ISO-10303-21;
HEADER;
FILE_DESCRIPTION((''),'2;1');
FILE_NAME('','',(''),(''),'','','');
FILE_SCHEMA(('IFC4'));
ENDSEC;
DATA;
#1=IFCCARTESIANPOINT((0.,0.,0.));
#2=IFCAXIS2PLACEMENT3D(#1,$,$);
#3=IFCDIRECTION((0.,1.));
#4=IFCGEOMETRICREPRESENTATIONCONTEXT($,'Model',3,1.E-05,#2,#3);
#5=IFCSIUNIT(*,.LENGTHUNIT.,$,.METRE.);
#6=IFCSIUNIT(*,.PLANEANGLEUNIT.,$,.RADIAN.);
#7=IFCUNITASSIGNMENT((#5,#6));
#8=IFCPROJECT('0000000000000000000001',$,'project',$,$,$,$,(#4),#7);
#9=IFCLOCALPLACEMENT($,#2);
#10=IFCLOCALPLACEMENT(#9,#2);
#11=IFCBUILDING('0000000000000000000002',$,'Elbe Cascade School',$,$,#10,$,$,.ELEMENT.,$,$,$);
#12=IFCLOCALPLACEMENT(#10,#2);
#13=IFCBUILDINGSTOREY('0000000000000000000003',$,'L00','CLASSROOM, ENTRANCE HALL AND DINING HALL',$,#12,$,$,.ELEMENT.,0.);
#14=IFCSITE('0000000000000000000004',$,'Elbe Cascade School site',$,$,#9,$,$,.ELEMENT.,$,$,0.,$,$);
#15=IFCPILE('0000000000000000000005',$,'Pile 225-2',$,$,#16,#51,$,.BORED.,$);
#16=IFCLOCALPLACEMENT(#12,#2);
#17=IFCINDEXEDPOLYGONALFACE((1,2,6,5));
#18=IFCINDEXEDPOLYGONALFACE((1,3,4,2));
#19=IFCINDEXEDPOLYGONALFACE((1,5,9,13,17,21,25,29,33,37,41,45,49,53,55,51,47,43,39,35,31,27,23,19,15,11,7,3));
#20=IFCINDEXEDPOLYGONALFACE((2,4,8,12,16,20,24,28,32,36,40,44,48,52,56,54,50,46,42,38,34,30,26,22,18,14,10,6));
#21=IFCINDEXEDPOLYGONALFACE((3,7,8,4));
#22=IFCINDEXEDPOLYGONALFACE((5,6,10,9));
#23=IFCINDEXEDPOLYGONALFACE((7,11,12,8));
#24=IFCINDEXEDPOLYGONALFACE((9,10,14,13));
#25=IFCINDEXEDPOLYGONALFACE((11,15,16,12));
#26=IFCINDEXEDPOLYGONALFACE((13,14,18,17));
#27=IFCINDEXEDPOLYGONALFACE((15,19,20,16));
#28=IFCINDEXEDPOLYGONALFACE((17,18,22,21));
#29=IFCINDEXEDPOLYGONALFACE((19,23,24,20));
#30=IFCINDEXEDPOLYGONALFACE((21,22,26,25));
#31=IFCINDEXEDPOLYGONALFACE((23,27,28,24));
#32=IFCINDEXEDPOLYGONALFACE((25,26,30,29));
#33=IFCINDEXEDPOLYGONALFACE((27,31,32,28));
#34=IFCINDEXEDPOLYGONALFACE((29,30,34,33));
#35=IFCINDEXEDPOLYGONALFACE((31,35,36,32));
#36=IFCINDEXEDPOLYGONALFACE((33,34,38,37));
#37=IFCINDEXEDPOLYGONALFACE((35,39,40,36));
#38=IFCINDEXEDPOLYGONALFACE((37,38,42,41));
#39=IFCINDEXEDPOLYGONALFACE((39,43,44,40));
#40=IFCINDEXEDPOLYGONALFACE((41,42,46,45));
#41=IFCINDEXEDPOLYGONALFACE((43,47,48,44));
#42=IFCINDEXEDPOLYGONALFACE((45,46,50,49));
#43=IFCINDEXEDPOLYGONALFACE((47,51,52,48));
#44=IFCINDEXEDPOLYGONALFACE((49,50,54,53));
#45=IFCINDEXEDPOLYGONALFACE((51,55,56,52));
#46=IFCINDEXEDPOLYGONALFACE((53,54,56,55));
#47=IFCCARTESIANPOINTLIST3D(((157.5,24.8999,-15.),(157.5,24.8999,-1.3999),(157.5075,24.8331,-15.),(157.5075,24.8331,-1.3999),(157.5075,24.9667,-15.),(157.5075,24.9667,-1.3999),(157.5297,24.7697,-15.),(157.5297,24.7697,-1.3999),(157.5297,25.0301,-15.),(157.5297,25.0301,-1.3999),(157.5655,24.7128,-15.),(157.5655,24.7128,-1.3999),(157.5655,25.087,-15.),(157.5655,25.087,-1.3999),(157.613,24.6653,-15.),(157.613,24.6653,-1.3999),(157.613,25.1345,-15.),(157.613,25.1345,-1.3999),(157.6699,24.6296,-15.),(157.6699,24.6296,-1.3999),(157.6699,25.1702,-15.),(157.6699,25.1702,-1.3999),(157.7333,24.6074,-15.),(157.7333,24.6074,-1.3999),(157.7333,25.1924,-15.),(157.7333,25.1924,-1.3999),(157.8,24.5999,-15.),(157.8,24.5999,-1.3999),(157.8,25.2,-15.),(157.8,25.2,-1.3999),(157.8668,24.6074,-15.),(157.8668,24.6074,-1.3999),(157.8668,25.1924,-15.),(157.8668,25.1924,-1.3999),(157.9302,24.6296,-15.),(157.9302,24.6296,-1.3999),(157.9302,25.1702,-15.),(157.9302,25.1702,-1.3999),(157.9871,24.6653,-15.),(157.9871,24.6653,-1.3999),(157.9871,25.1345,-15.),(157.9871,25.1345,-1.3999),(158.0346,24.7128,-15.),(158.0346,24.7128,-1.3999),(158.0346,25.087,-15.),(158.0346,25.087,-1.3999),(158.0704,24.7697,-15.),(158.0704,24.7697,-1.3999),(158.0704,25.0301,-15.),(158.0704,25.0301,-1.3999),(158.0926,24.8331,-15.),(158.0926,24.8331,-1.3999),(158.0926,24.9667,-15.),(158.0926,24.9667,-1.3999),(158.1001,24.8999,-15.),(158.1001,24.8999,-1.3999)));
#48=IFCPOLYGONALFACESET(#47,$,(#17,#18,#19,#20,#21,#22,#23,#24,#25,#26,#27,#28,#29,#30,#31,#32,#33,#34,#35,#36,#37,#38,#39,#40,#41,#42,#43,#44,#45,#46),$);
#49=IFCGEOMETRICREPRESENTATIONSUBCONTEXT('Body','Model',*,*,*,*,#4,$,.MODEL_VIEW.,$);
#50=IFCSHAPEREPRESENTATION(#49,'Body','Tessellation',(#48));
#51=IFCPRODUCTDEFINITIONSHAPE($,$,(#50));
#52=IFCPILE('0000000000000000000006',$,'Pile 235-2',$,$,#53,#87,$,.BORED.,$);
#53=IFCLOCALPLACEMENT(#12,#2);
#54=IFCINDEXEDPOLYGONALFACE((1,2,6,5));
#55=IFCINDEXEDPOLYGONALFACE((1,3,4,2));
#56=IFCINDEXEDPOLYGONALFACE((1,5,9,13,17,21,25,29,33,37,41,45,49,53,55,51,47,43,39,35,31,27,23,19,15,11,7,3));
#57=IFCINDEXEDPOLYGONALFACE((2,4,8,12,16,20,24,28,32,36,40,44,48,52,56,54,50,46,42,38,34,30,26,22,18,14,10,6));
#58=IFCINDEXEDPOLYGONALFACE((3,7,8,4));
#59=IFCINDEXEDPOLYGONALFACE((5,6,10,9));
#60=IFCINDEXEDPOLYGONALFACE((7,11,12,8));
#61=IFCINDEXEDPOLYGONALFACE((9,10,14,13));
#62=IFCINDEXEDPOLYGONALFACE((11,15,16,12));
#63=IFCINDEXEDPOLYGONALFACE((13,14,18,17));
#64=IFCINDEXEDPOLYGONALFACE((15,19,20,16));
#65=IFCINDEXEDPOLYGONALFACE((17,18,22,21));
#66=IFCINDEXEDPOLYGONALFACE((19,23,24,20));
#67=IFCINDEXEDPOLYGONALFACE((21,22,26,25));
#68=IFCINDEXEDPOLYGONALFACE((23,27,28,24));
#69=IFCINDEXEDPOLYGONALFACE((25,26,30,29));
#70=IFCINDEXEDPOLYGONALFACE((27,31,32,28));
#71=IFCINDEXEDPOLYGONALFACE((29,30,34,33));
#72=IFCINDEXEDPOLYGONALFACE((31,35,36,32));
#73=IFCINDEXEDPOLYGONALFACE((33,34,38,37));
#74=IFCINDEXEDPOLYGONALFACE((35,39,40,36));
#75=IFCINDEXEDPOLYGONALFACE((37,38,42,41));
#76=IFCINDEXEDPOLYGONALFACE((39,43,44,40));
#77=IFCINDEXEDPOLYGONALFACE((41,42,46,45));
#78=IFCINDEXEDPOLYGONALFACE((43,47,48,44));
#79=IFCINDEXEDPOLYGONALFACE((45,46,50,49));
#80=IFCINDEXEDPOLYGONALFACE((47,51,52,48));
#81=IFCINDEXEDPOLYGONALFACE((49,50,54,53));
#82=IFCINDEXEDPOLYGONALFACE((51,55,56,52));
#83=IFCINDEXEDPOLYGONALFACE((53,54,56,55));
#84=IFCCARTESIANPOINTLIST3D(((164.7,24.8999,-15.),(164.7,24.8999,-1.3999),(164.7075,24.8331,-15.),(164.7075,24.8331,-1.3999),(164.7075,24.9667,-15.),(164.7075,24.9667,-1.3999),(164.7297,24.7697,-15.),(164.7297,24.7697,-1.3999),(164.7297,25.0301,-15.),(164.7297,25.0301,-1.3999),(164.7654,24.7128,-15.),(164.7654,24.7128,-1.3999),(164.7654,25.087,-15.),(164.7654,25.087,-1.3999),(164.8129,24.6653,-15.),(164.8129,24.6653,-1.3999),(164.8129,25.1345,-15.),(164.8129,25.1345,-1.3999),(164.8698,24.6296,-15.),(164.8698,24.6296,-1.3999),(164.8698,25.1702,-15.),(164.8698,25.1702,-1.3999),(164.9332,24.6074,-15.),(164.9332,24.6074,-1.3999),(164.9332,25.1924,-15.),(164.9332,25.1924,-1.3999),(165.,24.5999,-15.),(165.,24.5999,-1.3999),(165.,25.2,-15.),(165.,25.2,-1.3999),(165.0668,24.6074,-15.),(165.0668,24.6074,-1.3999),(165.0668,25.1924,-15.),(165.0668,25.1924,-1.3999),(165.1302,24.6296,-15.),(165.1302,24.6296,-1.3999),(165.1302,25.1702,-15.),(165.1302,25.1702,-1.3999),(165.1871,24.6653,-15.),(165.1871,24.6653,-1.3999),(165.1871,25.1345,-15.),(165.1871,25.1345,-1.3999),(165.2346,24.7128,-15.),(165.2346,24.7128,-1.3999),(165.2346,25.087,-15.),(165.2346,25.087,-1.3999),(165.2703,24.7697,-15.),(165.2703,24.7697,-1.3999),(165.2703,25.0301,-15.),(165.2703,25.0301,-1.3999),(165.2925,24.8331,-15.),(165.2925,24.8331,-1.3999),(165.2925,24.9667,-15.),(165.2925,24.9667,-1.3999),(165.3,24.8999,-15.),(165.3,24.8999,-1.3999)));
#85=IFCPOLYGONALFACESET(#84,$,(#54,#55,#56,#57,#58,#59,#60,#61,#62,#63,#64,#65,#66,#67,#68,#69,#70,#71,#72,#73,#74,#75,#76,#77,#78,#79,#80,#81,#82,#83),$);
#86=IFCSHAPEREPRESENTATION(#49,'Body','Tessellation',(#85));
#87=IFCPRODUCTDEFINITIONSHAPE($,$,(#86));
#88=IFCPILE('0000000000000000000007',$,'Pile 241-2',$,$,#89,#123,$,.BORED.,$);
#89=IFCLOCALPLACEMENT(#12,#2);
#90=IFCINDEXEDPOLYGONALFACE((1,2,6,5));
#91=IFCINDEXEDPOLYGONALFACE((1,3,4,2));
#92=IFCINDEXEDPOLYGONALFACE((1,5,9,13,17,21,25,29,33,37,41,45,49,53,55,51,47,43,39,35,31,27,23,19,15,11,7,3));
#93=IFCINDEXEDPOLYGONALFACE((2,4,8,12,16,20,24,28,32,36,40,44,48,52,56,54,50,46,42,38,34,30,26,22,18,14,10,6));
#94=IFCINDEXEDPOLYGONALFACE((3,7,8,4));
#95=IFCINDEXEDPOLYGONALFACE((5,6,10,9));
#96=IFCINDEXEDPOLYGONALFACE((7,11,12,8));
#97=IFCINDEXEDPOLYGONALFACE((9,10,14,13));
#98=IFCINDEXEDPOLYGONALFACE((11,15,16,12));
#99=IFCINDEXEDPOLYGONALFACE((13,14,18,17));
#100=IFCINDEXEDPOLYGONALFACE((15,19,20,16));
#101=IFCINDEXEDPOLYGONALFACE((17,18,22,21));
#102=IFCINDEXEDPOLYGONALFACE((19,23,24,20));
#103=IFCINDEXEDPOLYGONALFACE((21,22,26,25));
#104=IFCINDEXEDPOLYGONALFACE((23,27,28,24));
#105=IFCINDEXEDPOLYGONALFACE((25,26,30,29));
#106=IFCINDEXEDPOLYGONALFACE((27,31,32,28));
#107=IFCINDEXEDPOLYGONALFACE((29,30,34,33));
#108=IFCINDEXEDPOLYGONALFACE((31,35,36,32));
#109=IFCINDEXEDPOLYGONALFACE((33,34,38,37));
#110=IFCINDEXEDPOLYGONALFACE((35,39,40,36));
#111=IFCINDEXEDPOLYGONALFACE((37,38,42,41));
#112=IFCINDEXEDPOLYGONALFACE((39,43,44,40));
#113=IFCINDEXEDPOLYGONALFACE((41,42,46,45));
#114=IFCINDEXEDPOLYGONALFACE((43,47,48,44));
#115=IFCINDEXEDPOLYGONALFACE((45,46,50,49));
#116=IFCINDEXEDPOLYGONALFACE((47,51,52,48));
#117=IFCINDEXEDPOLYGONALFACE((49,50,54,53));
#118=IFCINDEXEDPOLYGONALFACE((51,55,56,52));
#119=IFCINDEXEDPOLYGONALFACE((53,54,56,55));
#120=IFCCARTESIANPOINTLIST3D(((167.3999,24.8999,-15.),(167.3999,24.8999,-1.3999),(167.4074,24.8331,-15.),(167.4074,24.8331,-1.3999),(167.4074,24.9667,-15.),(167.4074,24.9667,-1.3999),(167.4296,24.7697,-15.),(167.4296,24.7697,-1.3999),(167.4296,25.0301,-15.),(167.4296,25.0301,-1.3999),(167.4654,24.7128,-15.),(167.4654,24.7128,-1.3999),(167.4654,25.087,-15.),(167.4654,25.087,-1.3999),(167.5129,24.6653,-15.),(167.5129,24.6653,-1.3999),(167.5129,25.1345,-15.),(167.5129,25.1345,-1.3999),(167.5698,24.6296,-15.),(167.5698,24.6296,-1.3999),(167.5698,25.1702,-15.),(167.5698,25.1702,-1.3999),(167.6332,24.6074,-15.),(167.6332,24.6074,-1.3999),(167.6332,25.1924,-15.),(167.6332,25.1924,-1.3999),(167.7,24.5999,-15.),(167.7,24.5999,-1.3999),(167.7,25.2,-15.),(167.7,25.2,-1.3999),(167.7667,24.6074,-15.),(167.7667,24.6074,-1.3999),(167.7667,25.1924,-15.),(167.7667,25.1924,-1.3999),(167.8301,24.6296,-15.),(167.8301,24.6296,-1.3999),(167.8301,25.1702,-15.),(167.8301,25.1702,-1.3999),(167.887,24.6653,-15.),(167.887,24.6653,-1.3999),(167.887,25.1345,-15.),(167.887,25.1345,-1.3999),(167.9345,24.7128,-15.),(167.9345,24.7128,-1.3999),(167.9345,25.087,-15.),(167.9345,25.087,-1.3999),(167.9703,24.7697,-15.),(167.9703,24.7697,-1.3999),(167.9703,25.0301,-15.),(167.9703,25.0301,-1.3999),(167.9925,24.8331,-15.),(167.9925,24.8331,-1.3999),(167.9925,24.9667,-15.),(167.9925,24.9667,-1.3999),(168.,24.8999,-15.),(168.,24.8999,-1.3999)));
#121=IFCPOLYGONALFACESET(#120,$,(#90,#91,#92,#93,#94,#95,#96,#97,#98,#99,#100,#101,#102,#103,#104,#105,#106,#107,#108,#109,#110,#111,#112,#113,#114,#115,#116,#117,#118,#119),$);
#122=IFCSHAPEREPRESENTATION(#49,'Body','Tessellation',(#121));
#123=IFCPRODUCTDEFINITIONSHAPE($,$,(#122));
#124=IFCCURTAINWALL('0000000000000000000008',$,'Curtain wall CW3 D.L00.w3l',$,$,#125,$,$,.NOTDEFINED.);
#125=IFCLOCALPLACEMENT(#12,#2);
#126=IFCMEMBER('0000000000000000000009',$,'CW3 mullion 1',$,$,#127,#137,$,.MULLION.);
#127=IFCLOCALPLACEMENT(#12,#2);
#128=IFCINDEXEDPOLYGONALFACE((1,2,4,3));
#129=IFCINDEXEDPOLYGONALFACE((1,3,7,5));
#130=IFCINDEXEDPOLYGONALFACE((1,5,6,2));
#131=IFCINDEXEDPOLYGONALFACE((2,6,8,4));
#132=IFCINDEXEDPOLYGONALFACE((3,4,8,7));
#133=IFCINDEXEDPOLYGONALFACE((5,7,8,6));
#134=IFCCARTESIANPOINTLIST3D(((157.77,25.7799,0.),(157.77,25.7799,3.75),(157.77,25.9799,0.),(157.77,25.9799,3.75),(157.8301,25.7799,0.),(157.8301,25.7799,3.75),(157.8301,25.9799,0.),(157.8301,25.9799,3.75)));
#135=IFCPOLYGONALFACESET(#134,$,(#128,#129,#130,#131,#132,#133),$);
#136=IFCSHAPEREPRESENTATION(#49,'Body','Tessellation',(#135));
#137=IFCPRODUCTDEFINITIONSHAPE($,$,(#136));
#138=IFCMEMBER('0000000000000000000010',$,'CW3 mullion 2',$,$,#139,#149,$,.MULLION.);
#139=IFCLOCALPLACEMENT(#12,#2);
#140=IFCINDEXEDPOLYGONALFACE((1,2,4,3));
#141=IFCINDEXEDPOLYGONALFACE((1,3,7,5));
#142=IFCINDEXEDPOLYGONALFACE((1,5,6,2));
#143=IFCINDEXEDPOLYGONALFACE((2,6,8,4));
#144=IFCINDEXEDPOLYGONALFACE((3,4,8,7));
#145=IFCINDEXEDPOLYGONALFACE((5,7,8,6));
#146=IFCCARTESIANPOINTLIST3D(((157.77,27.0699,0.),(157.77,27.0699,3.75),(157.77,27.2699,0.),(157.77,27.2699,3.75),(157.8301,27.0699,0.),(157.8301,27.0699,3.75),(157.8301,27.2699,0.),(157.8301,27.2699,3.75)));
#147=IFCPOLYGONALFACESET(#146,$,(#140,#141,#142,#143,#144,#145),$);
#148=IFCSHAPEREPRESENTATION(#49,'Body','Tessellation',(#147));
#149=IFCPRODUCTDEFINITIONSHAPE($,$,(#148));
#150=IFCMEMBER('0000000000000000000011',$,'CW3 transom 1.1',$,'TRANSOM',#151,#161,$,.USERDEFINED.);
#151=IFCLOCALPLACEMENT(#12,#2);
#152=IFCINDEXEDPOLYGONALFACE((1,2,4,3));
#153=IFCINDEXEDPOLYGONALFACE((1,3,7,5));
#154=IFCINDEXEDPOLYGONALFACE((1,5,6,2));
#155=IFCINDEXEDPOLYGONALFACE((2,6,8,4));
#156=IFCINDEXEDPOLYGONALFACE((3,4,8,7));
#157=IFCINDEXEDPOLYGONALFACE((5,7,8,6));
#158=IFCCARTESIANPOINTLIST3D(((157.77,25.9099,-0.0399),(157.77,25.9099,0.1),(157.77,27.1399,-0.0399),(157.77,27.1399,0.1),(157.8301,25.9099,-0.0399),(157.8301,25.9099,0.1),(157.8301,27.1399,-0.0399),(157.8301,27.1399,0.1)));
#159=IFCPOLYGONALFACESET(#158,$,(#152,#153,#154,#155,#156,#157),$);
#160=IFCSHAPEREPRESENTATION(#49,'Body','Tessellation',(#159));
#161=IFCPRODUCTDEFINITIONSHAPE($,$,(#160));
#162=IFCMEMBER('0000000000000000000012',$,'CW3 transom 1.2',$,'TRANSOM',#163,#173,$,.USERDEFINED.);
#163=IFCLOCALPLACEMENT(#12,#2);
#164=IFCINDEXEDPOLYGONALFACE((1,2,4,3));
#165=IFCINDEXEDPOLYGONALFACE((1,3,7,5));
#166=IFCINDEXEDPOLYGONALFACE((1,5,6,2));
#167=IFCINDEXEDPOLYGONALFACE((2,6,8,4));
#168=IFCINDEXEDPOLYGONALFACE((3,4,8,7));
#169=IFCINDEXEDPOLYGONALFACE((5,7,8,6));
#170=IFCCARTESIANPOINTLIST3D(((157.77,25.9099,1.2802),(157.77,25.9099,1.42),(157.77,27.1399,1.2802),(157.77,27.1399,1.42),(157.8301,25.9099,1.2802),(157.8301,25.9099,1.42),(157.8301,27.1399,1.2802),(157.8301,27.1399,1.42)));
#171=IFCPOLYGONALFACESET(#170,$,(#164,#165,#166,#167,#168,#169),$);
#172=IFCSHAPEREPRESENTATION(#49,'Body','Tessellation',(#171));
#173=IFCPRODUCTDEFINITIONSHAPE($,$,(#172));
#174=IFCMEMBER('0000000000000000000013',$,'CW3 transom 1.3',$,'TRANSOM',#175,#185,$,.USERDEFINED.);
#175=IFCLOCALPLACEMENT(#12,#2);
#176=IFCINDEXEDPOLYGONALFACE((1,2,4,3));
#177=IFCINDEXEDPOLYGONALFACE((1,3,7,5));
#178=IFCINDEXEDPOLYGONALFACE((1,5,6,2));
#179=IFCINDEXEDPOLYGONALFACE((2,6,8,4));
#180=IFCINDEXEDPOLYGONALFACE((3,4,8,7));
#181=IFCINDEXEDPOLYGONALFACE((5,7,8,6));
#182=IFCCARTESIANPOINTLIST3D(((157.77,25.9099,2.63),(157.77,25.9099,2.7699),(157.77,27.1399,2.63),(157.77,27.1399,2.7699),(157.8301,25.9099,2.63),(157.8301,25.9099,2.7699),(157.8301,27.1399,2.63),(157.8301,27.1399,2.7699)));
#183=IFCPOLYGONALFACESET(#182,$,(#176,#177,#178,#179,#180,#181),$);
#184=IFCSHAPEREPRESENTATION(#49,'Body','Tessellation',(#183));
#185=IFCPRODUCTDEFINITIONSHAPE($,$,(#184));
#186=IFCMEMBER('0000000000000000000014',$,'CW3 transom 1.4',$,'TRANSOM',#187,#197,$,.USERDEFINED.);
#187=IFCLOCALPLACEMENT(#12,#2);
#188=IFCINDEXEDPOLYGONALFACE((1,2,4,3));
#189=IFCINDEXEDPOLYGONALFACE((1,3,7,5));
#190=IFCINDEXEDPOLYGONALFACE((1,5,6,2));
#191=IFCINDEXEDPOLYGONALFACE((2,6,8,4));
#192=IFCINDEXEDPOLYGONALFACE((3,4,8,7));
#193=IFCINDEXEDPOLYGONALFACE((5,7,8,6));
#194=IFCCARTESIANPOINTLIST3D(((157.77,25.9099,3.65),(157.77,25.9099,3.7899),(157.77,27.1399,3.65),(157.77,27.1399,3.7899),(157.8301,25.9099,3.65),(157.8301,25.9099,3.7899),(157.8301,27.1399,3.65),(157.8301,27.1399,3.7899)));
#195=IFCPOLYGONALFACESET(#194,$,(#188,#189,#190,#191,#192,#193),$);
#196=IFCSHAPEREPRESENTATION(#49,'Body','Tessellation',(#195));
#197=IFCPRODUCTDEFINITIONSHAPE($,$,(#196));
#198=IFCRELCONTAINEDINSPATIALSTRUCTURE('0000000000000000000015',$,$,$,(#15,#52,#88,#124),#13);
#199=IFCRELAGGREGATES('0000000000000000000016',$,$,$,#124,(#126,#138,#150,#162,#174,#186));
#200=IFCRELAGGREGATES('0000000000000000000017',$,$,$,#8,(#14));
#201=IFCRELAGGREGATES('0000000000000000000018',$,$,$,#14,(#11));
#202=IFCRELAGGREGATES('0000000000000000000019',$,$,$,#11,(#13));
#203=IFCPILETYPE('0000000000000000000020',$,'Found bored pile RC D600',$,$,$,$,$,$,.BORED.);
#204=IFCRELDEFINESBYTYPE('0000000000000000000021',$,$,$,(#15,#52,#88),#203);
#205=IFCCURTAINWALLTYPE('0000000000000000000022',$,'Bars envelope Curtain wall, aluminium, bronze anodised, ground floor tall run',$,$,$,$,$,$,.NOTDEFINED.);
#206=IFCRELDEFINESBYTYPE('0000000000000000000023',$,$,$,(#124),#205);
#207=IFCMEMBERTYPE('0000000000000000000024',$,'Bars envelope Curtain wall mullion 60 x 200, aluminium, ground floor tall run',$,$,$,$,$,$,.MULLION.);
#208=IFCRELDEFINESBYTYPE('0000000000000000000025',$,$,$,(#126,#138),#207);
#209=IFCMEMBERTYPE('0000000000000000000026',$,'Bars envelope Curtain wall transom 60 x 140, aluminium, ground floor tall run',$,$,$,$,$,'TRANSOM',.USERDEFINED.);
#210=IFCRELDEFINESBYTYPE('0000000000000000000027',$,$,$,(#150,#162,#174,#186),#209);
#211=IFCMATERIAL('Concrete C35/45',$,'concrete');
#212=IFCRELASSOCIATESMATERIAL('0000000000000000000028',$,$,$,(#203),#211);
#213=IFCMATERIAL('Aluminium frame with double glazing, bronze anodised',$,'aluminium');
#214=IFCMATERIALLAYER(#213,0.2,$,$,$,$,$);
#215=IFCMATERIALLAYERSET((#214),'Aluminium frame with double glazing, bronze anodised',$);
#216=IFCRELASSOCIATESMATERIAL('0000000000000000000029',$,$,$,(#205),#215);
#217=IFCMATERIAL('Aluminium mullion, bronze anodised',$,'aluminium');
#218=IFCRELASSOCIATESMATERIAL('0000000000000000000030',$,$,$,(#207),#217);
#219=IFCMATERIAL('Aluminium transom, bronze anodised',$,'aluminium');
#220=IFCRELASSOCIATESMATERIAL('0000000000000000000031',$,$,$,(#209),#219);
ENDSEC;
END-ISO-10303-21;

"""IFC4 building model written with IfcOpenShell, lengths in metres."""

from ifc_helpers import new_model, si_unit, direction, frame, origin, origin_2d, place, context, subcontext, project, spatial, rectangle, circle, extrude, material, layer, layer_set, material_profile, profile_set, type_object, element, aggregate, save


model = new_model("IFC4")

# Units and contexts
model_context = context("Model", 3, precision=1e-05, world=origin(), true_north=direction((0.0, 1.0)))
body_context = subcontext(model_context, "Body", "Model", "MODEL_VIEW")
ifc_project = project(units=[si_unit("LENGTHUNIT", "METRE"), si_unit("PLANEANGLEUNIT", "RADIAN")], contexts=[model_context])

# Site, building, storey
site_placement = place(None, origin())
site = spatial("IfcSite", under=ifc_project, at=site_placement, Name="Elbe Cascade School site", CompositionType="ELEMENT", RefElevation=0.0)
building_placement = place(site_placement, origin())
building = spatial("IfcBuilding", under=site, at=building_placement, Name="Elbe Cascade School", CompositionType="ELEMENT")
storey_placement = place(building_placement, origin())
storey = spatial("IfcBuildingStorey", under=building, at=storey_placement, Name="L00", Description="CLASSROOM, ENTRANCE HALL AND DINING HALL", CompositionType="ELEMENT", Elevation=0.0)

# Piles
ifc_material_1 = material(Name="Concrete C35/45", Category="concrete")
ifc_material_profile_1 = material_profile(ifc_material_1, circle(Radius=0.3, at=origin_2d()), Name="RC D600")
ifc_profile_set_1 = profile_set([ifc_material_profile_1], Name="Concrete C35/45")
pile_type = type_object("IfcPileType", Name="Found bored pile RC D600", PredefinedType="BORED", material=ifc_profile_set_1)
for number, where, z_axis, x_axis, name in (
    (1, (157.8, 24.8999, -1.3999), (0.0, 0.0, -1.0), (1.0, 0.0, 0.0), "Pile 225-2"),
    (2, (165.0, 24.8999, -1.3999), (0.0, 0.0, -1.0), (1.0, 0.0, 0.0), "Pile 235-2"),
    (3, (167.7, 24.8999, -1.3999), (0.0, 0.0, -1.0), (1.0, 0.0, 0.0), "Pile 241-2"),
):
    element("IfcPile", number, at=place(storey_placement, frame(where, z_axis=z_axis, x_axis=x_axis)), inside=storey, type_object=pile_type, Name=name, PredefinedType="BORED", context=body_context, shape_type="SweptSolid", body=[
        extrude(circle(Radius=0.3, at=origin_2d()), origin(), (0.0, 0.0, 1.0), 13.6001),
    ])

# Curtain wall, members
ifc_material_2 = material(Name="Aluminium frame with double glazing, bronze anodised", Category="aluminium")
ifc_layer_1 = layer(ifc_material_2, 0.2)
ifc_layer_set_1 = layer_set([ifc_layer_1], Name="Aluminium frame with double glazing, bronze anodised")
curtain_wall_type = type_object("IfcCurtainWallType", Name="Bars envelope Curtain wall, aluminium, bronze anodised, ground floor tall run", PredefinedType="NOTDEFINED", material=ifc_layer_set_1)
curtain_wall_placement = place(storey_placement, origin())
curtain_wall = element("IfcCurtainWall", 4, at=curtain_wall_placement, inside=storey, type_object=curtain_wall_type, Name="Curtain wall CW3 D.L00.w3l", PredefinedType="NOTDEFINED")
ifc_material_3 = material(Name="Aluminium mullion, bronze anodised", Category="aluminium")
ifc_material_profile_2 = material_profile(ifc_material_3, rectangle(XDim=0.0601, YDim=0.2, at=origin_2d()), Name="Bars envelope Curtain wall mullion 60 x 200, aluminium, ground floor tall run")
ifc_profile_set_2 = profile_set([ifc_material_profile_2], Name="Aluminium mullion, bronze anodised")
member_type_1 = type_object("IfcMemberType", Name="Bars envelope Curtain wall mullion 60 x 200, aluminium, ground floor tall run", PredefinedType="MULLION", material=ifc_profile_set_2)
member_1_placement = place(storey_placement, frame((157.8, 25.8799, 0.0), z_axis=(0.0, 0.0, 1.0), x_axis=(-1.0, 0.0, 0.0)))
member_1 = element("IfcMember", 5, at=member_1_placement, type_object=member_type_1, Name="CW3 mullion 1", PredefinedType="MULLION", context=body_context, shape_type="SweptSolid", body=[
    extrude(rectangle(XDim=0.0601, YDim=0.2, at=origin_2d()), origin(), (0.0, 0.0, 1.0), 3.75),
])
member_2_placement = place(storey_placement, frame((157.8, 27.1699, 0.0), z_axis=(0.0, 0.0, 1.0), x_axis=(-1.0, 0.0, 0.0)))
member_2 = element("IfcMember", 6, at=member_2_placement, type_object=member_type_1, Name="CW3 mullion 2", PredefinedType="MULLION", context=body_context, shape_type="SweptSolid", body=[
    extrude(rectangle(XDim=0.0601, YDim=0.2, at=origin_2d()), origin(), (0.0, 0.0, 1.0), 3.75),
])
ifc_material_4 = material(Name="Aluminium transom, bronze anodised", Category="aluminium")
ifc_material_profile_3 = material_profile(ifc_material_4, rectangle(XDim=0.0601, YDim=0.1399, at=origin_2d()), Name="Bars envelope Curtain wall transom 60 x 140, aluminium, ground floor tall run")
ifc_profile_set_3 = profile_set([ifc_material_profile_3], Name="Aluminium transom, bronze anodised")
member_type_2 = type_object("IfcMemberType", Name="Bars envelope Curtain wall transom 60 x 140, aluminium, ground floor tall run", ElementType="TRANSOM", PredefinedType="USERDEFINED", material=ifc_profile_set_3)
member_3_placement = place(storey_placement, frame((157.8, 25.9099, 0.03), z_axis=(0.0, 1.0, 0.0), x_axis=(-1.0, 0.0, 0.0)))
member_3 = element("IfcMember", 7, at=member_3_placement, type_object=member_type_2, Name="CW3 transom 1.1", ObjectType="TRANSOM", PredefinedType="USERDEFINED", context=body_context, shape_type="SweptSolid", body=[
    extrude(rectangle(XDim=0.0601, YDim=0.1399, at=origin_2d()), origin(), (0.0, 0.0, 1.0), 1.23),
])
member_4_placement = place(storey_placement, frame((157.8, 25.9099, 1.3501), z_axis=(0.0, 1.0, 0.0), x_axis=(-1.0, 0.0, 0.0)))
member_4 = element("IfcMember", 8, at=member_4_placement, type_object=member_type_2, Name="CW3 transom 1.2", ObjectType="TRANSOM", PredefinedType="USERDEFINED", context=body_context, shape_type="SweptSolid", body=[
    extrude(rectangle(XDim=0.0601, YDim=0.1399, at=origin_2d()), origin(), (0.0, 0.0, 1.0), 1.23),
])
member_5_placement = place(storey_placement, frame((157.8, 25.9099, 2.7), z_axis=(0.0, 1.0, 0.0), x_axis=(-1.0, 0.0, 0.0)))
member_5 = element("IfcMember", 9, at=member_5_placement, type_object=member_type_2, Name="CW3 transom 1.3", ObjectType="TRANSOM", PredefinedType="USERDEFINED", context=body_context, shape_type="SweptSolid", body=[
    extrude(rectangle(XDim=0.0601, YDim=0.1399, at=origin_2d()), origin(), (0.0, 0.0, 1.0), 1.23),
])
member_6_placement = place(storey_placement, frame((157.8, 25.9099, 3.72), z_axis=(0.0, 1.0, 0.0), x_axis=(-1.0, 0.0, 0.0)))
member_6 = element("IfcMember", 10, at=member_6_placement, type_object=member_type_2, Name="CW3 transom 1.4", ObjectType="TRANSOM", PredefinedType="USERDEFINED", context=body_context, shape_type="SweptSolid", body=[
    extrude(rectangle(XDim=0.0601, YDim=0.1399, at=origin_2d()), origin(), (0.0, 0.0, 1.0), 1.23),
])

aggregate(curtain_wall, [member_1, member_2, member_3, member_4, member_5, member_6])

save(model, "model.ifc")
